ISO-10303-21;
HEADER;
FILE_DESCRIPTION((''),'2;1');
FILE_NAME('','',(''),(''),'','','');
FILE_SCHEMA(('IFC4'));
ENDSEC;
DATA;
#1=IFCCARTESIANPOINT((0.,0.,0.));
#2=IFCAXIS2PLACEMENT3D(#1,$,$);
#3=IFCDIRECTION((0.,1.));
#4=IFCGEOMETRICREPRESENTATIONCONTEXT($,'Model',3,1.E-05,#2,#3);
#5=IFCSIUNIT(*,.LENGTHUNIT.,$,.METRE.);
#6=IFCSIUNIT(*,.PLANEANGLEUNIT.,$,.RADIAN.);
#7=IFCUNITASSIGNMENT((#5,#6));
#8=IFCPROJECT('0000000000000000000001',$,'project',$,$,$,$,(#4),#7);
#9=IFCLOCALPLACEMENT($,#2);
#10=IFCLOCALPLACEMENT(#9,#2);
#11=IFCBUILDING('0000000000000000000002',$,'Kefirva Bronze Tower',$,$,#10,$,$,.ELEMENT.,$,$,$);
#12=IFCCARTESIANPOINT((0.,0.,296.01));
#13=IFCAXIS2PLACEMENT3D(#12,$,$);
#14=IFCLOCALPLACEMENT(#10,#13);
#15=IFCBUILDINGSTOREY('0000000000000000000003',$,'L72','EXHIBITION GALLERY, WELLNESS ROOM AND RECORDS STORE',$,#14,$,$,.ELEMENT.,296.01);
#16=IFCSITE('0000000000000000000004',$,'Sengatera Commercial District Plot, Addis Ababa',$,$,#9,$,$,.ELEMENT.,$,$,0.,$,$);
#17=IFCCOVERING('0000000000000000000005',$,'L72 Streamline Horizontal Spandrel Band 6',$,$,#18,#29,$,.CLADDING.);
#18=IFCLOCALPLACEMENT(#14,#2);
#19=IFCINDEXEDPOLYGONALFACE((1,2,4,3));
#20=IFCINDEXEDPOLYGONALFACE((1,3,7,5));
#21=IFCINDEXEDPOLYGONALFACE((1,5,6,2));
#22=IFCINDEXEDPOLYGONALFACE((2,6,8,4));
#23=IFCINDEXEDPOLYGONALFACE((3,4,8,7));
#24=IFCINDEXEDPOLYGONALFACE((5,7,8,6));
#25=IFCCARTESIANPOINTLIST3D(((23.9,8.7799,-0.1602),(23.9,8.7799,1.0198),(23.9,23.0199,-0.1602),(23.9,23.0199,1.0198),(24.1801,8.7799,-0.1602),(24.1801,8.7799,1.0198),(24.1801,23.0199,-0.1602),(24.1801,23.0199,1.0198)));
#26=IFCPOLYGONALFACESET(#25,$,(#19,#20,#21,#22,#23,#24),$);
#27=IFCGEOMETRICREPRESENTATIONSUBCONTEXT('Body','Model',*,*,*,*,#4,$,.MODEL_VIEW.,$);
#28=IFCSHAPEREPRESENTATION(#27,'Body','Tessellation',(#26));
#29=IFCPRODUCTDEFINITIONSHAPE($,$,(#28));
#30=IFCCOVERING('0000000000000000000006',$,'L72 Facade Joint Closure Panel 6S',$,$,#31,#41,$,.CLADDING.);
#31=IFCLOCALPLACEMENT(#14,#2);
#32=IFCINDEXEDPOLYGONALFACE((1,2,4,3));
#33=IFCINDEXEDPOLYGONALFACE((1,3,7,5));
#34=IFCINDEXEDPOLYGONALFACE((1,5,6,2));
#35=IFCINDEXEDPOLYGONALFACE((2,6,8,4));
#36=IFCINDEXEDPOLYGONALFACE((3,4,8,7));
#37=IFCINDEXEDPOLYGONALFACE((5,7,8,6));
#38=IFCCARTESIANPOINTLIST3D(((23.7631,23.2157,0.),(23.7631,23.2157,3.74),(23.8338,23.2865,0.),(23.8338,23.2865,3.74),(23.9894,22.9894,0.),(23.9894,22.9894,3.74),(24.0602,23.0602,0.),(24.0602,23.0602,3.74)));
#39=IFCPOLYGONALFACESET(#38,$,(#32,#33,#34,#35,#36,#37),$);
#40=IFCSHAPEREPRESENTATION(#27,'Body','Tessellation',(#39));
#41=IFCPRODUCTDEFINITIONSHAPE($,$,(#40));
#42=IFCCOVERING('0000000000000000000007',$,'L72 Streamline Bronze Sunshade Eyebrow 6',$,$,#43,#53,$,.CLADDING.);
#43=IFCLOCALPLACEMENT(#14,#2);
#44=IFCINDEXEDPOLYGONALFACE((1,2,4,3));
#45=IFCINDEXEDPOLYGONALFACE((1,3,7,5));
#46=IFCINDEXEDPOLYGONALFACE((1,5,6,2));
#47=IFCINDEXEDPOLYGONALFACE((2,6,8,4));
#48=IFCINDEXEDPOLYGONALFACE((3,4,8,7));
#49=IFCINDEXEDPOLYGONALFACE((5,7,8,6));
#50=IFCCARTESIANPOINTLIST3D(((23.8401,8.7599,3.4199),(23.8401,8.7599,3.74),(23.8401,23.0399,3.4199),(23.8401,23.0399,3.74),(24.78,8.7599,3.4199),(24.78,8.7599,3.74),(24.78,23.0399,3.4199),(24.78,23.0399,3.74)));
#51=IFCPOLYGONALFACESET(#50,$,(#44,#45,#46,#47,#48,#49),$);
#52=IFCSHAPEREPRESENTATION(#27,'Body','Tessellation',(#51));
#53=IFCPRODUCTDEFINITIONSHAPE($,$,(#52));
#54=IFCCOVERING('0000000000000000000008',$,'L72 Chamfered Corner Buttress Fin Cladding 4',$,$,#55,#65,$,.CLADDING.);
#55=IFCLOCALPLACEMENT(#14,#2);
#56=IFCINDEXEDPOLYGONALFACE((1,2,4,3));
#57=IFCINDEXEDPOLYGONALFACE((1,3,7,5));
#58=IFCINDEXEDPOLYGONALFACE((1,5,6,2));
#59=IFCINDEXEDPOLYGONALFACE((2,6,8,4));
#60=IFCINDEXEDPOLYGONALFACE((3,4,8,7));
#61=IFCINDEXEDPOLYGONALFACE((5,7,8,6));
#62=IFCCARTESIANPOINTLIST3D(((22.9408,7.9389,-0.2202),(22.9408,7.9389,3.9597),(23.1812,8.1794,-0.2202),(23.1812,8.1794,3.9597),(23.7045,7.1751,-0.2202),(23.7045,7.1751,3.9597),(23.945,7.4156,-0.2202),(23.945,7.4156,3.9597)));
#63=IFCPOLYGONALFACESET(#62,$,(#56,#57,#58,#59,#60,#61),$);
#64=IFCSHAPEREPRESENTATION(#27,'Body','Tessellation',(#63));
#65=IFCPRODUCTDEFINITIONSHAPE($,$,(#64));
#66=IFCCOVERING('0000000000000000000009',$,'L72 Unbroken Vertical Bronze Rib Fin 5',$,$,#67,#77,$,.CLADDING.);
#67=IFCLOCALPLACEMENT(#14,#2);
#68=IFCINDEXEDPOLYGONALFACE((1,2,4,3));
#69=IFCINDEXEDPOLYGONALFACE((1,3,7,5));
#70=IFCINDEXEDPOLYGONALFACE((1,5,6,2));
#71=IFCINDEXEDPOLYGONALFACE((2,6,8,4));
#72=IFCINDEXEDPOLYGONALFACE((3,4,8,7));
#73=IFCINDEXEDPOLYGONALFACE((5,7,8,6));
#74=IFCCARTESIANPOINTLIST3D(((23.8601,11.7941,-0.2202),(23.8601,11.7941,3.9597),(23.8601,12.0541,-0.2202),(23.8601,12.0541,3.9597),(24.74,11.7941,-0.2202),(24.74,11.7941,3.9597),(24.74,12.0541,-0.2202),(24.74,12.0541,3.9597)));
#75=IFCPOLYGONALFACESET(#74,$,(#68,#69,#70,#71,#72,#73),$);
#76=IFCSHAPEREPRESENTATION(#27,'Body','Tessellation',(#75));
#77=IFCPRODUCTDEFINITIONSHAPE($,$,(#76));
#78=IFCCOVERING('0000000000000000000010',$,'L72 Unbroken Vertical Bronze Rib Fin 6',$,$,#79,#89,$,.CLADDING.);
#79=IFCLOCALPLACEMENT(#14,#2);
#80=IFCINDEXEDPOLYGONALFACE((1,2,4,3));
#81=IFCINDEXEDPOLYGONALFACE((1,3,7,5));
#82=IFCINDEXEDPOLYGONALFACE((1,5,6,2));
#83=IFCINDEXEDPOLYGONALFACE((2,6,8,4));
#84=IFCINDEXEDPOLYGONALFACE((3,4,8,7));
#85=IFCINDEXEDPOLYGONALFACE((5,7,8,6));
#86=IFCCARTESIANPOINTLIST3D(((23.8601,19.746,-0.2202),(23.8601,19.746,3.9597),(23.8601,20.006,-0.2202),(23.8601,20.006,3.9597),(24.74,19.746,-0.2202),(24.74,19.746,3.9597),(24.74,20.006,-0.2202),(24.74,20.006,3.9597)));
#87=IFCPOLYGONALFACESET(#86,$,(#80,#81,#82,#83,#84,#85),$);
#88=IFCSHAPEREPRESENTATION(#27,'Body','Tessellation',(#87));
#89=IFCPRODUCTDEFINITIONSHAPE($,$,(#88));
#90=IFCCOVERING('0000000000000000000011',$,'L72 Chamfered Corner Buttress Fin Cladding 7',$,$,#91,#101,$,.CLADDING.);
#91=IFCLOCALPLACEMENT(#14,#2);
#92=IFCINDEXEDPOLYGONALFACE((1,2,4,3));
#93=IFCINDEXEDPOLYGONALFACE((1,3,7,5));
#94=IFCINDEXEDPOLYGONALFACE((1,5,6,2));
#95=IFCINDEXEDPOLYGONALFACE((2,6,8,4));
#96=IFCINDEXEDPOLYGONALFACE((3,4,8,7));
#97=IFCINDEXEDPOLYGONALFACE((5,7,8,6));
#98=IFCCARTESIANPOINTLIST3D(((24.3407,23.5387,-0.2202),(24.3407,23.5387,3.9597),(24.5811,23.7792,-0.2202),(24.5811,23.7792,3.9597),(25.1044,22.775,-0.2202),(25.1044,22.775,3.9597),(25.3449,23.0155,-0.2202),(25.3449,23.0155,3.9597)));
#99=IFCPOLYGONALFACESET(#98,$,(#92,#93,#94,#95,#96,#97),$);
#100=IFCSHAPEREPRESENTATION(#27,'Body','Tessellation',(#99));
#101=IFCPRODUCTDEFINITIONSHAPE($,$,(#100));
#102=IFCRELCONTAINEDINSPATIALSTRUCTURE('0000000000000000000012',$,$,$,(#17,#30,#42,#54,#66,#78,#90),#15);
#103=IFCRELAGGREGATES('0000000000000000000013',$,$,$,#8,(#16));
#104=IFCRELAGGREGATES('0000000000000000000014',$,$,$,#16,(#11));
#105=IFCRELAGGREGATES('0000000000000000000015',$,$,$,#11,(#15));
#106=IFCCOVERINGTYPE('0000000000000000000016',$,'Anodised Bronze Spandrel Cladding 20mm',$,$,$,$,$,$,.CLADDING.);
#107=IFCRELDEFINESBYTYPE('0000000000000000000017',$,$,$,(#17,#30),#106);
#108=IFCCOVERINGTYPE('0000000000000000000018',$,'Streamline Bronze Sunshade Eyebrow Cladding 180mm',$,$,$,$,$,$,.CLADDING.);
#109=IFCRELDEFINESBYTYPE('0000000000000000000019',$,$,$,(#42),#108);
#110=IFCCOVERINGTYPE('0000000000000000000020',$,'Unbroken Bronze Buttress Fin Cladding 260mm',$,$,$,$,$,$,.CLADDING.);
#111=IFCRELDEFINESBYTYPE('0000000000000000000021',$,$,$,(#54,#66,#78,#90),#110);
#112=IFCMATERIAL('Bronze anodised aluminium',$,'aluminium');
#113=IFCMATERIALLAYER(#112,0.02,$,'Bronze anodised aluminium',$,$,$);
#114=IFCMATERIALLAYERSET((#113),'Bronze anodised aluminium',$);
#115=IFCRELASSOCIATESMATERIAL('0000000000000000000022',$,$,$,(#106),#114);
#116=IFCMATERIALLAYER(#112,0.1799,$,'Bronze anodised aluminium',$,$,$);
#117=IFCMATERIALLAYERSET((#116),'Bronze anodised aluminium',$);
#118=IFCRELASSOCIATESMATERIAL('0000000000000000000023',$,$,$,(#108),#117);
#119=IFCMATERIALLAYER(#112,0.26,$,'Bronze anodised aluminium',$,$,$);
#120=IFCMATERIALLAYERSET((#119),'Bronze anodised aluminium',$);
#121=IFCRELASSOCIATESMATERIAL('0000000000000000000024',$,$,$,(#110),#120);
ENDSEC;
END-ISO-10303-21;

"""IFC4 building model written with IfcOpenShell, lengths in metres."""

from ifc_helpers import new_model, si_unit, direction, frame, origin, origin_2d, place, context, subcontext, project, spatial, rectangle, extrude, material, layer, layer_set, type_object, element, save


model = new_model("IFC4")

# Units and contexts
model_context = context("Model", 3, precision=1e-05, world=origin(), true_north=direction((0.0, 1.0)))
body_context = subcontext(model_context, "Body", "Model", "MODEL_VIEW")
ifc_project = project(units=[si_unit("LENGTHUNIT", "METRE"), si_unit("PLANEANGLEUNIT", "RADIAN")], contexts=[model_context])

# Site, building, storey
site_placement = place(None, origin())
site = spatial("IfcSite", under=ifc_project, at=site_placement, Name="Sengatera Commercial District Plot, Addis Ababa", CompositionType="ELEMENT", RefElevation=0.0)
building_placement = place(site_placement, origin())
building = spatial("IfcBuilding", under=site, at=building_placement, Name="Kefirva Bronze Tower", CompositionType="ELEMENT")
storey_placement = place(building_placement, frame((0.0, 0.0, 296.01)))
storey = spatial("IfcBuildingStorey", under=building, at=storey_placement, Name="L72", Description="EXHIBITION GALLERY, WELLNESS ROOM AND RECORDS STORE", CompositionType="ELEMENT", Elevation=296.01)

# Coverings
ifc_material_1 = material(Name="Bronze anodised aluminium", Category="aluminium")
ifc_layer_1 = layer(ifc_material_1, 0.02, Name="Bronze anodised aluminium")
ifc_layer_set_1 = layer_set([ifc_layer_1], Name="Bronze anodised aluminium")
covering_type_1 = type_object("IfcCoveringType", Name="Anodised Bronze Spandrel Cladding 20mm", PredefinedType="CLADDING", material=ifc_layer_set_1)
covering_1_placement = place(storey_placement, frame((24.04, 15.8999, -0.1602), z_axis=(0.0, 0.0, 1.0), x_axis=(0.0, 1.0, 0.0)))
element("IfcCovering", 1, at=covering_1_placement, inside=storey, type_object=covering_type_1, Name="L72 Streamline Horizontal Spandrel Band 6", PredefinedType="CLADDING", context=body_context, shape_type="SweptSolid", body=[
    extrude(rectangle(XDim=14.24, YDim=0.28, at=origin_2d()), origin(), (0.0, 0.0, 1.0), 1.1799),
])
covering_2_placement = place(storey_placement, frame((23.9116, 23.1379, 0.0), z_axis=(0.0, 0.0, 1.0), x_axis=(0.707107, 0.707107, 0.0)))
element("IfcCovering", 2, at=covering_2_placement, inside=storey, type_object=covering_type_1, Name="L72 Facade Joint Closure Panel 6S", PredefinedType="CLADDING", context=body_context, shape_type="SweptSolid", body=[
    extrude(rectangle(XDim=0.1001, YDim=0.3201, at=origin_2d()), origin(), (0.0, 0.0, 1.0), 3.74),
])
ifc_layer_2 = layer(ifc_material_1, 0.1799, Name="Bronze anodised aluminium")
ifc_layer_set_2 = layer_set([ifc_layer_2], Name="Bronze anodised aluminium")
covering_type_2 = type_object("IfcCoveringType", Name="Streamline Bronze Sunshade Eyebrow Cladding 180mm", PredefinedType="CLADDING", material=ifc_layer_set_2)
covering_3_placement = place(storey_placement, frame((24.3101, 15.8999, 3.4199), z_axis=(0.0, 0.0, 1.0), x_axis=(0.0, 1.0, 0.0)))
element("IfcCovering", 3, at=covering_3_placement, inside=storey, type_object=covering_type_2, Name="L72 Streamline Bronze Sunshade Eyebrow 6", PredefinedType="CLADDING", context=body_context, shape_type="SweptSolid", body=[
    extrude(rectangle(XDim=14.28, YDim=0.9399, at=origin_2d()), origin(), (0.0, 0.0, 1.0), 0.3201),
])
ifc_layer_3 = layer(ifc_material_1, 0.26, Name="Bronze anodised aluminium")
ifc_layer_set_3 = layer_set([ifc_layer_3], Name="Bronze anodised aluminium")
covering_type_3 = type_object("IfcCoveringType", Name="Unbroken Bronze Buttress Fin Cladding 260mm", PredefinedType="CLADDING", material=ifc_layer_set_3)
covering_4_placement = place(storey_placement, frame((23.4429, 7.6772, -0.2202), z_axis=(0.0, 0.0, 1.0), x_axis=(0.707107, 0.707107, 0.0)))
element("IfcCovering", 4, at=covering_4_placement, inside=storey, type_object=covering_type_3, Name="L72 Chamfered Corner Buttress Fin Cladding 4", PredefinedType="CLADDING", context=body_context, shape_type="SweptSolid", body=[
    extrude(rectangle(XDim=0.3401, YDim=1.0801, at=origin_2d()), origin(), (0.0, 0.0, 1.0), 4.1799),
])
for number, where, z_axis, x_axis, name in (
    (5, (24.3, 11.9241, -0.2202), (0.0, 0.0, 1.0), (0.0, 1.0, 0.0), "L72 Unbroken Vertical Bronze Rib Fin 5"),
    (6, (24.3, 19.876, -0.2202), (0.0, 0.0, 1.0), (0.0, 1.0, 0.0), "L72 Unbroken Vertical Bronze Rib Fin 6"),
):
    element("IfcCovering", number, at=place(storey_placement, frame(where, z_axis=z_axis, x_axis=x_axis)), inside=storey, type_object=covering_type_3, Name=name, PredefinedType="CLADDING", context=body_context, shape_type="SweptSolid", body=[
        extrude(rectangle(XDim=0.26, YDim=0.8799, at=origin_2d()), origin(), (0.0, 0.0, 1.0), 4.1799),
    ])
covering_5_placement = place(storey_placement, frame((24.8428, 23.2771, -0.2202), z_axis=(0.0, 0.0, 1.0), x_axis=(0.707107, 0.707107, 0.0)))
element("IfcCovering", 7, at=covering_5_placement, inside=storey, type_object=covering_type_3, Name="L72 Chamfered Corner Buttress Fin Cladding 7", PredefinedType="CLADDING", context=body_context, shape_type="SweptSolid", body=[
    extrude(rectangle(XDim=0.3401, YDim=1.0801, at=origin_2d()), origin(), (0.0, 0.0, 1.0), 4.1799),
])

save(model, "model.ifc")
